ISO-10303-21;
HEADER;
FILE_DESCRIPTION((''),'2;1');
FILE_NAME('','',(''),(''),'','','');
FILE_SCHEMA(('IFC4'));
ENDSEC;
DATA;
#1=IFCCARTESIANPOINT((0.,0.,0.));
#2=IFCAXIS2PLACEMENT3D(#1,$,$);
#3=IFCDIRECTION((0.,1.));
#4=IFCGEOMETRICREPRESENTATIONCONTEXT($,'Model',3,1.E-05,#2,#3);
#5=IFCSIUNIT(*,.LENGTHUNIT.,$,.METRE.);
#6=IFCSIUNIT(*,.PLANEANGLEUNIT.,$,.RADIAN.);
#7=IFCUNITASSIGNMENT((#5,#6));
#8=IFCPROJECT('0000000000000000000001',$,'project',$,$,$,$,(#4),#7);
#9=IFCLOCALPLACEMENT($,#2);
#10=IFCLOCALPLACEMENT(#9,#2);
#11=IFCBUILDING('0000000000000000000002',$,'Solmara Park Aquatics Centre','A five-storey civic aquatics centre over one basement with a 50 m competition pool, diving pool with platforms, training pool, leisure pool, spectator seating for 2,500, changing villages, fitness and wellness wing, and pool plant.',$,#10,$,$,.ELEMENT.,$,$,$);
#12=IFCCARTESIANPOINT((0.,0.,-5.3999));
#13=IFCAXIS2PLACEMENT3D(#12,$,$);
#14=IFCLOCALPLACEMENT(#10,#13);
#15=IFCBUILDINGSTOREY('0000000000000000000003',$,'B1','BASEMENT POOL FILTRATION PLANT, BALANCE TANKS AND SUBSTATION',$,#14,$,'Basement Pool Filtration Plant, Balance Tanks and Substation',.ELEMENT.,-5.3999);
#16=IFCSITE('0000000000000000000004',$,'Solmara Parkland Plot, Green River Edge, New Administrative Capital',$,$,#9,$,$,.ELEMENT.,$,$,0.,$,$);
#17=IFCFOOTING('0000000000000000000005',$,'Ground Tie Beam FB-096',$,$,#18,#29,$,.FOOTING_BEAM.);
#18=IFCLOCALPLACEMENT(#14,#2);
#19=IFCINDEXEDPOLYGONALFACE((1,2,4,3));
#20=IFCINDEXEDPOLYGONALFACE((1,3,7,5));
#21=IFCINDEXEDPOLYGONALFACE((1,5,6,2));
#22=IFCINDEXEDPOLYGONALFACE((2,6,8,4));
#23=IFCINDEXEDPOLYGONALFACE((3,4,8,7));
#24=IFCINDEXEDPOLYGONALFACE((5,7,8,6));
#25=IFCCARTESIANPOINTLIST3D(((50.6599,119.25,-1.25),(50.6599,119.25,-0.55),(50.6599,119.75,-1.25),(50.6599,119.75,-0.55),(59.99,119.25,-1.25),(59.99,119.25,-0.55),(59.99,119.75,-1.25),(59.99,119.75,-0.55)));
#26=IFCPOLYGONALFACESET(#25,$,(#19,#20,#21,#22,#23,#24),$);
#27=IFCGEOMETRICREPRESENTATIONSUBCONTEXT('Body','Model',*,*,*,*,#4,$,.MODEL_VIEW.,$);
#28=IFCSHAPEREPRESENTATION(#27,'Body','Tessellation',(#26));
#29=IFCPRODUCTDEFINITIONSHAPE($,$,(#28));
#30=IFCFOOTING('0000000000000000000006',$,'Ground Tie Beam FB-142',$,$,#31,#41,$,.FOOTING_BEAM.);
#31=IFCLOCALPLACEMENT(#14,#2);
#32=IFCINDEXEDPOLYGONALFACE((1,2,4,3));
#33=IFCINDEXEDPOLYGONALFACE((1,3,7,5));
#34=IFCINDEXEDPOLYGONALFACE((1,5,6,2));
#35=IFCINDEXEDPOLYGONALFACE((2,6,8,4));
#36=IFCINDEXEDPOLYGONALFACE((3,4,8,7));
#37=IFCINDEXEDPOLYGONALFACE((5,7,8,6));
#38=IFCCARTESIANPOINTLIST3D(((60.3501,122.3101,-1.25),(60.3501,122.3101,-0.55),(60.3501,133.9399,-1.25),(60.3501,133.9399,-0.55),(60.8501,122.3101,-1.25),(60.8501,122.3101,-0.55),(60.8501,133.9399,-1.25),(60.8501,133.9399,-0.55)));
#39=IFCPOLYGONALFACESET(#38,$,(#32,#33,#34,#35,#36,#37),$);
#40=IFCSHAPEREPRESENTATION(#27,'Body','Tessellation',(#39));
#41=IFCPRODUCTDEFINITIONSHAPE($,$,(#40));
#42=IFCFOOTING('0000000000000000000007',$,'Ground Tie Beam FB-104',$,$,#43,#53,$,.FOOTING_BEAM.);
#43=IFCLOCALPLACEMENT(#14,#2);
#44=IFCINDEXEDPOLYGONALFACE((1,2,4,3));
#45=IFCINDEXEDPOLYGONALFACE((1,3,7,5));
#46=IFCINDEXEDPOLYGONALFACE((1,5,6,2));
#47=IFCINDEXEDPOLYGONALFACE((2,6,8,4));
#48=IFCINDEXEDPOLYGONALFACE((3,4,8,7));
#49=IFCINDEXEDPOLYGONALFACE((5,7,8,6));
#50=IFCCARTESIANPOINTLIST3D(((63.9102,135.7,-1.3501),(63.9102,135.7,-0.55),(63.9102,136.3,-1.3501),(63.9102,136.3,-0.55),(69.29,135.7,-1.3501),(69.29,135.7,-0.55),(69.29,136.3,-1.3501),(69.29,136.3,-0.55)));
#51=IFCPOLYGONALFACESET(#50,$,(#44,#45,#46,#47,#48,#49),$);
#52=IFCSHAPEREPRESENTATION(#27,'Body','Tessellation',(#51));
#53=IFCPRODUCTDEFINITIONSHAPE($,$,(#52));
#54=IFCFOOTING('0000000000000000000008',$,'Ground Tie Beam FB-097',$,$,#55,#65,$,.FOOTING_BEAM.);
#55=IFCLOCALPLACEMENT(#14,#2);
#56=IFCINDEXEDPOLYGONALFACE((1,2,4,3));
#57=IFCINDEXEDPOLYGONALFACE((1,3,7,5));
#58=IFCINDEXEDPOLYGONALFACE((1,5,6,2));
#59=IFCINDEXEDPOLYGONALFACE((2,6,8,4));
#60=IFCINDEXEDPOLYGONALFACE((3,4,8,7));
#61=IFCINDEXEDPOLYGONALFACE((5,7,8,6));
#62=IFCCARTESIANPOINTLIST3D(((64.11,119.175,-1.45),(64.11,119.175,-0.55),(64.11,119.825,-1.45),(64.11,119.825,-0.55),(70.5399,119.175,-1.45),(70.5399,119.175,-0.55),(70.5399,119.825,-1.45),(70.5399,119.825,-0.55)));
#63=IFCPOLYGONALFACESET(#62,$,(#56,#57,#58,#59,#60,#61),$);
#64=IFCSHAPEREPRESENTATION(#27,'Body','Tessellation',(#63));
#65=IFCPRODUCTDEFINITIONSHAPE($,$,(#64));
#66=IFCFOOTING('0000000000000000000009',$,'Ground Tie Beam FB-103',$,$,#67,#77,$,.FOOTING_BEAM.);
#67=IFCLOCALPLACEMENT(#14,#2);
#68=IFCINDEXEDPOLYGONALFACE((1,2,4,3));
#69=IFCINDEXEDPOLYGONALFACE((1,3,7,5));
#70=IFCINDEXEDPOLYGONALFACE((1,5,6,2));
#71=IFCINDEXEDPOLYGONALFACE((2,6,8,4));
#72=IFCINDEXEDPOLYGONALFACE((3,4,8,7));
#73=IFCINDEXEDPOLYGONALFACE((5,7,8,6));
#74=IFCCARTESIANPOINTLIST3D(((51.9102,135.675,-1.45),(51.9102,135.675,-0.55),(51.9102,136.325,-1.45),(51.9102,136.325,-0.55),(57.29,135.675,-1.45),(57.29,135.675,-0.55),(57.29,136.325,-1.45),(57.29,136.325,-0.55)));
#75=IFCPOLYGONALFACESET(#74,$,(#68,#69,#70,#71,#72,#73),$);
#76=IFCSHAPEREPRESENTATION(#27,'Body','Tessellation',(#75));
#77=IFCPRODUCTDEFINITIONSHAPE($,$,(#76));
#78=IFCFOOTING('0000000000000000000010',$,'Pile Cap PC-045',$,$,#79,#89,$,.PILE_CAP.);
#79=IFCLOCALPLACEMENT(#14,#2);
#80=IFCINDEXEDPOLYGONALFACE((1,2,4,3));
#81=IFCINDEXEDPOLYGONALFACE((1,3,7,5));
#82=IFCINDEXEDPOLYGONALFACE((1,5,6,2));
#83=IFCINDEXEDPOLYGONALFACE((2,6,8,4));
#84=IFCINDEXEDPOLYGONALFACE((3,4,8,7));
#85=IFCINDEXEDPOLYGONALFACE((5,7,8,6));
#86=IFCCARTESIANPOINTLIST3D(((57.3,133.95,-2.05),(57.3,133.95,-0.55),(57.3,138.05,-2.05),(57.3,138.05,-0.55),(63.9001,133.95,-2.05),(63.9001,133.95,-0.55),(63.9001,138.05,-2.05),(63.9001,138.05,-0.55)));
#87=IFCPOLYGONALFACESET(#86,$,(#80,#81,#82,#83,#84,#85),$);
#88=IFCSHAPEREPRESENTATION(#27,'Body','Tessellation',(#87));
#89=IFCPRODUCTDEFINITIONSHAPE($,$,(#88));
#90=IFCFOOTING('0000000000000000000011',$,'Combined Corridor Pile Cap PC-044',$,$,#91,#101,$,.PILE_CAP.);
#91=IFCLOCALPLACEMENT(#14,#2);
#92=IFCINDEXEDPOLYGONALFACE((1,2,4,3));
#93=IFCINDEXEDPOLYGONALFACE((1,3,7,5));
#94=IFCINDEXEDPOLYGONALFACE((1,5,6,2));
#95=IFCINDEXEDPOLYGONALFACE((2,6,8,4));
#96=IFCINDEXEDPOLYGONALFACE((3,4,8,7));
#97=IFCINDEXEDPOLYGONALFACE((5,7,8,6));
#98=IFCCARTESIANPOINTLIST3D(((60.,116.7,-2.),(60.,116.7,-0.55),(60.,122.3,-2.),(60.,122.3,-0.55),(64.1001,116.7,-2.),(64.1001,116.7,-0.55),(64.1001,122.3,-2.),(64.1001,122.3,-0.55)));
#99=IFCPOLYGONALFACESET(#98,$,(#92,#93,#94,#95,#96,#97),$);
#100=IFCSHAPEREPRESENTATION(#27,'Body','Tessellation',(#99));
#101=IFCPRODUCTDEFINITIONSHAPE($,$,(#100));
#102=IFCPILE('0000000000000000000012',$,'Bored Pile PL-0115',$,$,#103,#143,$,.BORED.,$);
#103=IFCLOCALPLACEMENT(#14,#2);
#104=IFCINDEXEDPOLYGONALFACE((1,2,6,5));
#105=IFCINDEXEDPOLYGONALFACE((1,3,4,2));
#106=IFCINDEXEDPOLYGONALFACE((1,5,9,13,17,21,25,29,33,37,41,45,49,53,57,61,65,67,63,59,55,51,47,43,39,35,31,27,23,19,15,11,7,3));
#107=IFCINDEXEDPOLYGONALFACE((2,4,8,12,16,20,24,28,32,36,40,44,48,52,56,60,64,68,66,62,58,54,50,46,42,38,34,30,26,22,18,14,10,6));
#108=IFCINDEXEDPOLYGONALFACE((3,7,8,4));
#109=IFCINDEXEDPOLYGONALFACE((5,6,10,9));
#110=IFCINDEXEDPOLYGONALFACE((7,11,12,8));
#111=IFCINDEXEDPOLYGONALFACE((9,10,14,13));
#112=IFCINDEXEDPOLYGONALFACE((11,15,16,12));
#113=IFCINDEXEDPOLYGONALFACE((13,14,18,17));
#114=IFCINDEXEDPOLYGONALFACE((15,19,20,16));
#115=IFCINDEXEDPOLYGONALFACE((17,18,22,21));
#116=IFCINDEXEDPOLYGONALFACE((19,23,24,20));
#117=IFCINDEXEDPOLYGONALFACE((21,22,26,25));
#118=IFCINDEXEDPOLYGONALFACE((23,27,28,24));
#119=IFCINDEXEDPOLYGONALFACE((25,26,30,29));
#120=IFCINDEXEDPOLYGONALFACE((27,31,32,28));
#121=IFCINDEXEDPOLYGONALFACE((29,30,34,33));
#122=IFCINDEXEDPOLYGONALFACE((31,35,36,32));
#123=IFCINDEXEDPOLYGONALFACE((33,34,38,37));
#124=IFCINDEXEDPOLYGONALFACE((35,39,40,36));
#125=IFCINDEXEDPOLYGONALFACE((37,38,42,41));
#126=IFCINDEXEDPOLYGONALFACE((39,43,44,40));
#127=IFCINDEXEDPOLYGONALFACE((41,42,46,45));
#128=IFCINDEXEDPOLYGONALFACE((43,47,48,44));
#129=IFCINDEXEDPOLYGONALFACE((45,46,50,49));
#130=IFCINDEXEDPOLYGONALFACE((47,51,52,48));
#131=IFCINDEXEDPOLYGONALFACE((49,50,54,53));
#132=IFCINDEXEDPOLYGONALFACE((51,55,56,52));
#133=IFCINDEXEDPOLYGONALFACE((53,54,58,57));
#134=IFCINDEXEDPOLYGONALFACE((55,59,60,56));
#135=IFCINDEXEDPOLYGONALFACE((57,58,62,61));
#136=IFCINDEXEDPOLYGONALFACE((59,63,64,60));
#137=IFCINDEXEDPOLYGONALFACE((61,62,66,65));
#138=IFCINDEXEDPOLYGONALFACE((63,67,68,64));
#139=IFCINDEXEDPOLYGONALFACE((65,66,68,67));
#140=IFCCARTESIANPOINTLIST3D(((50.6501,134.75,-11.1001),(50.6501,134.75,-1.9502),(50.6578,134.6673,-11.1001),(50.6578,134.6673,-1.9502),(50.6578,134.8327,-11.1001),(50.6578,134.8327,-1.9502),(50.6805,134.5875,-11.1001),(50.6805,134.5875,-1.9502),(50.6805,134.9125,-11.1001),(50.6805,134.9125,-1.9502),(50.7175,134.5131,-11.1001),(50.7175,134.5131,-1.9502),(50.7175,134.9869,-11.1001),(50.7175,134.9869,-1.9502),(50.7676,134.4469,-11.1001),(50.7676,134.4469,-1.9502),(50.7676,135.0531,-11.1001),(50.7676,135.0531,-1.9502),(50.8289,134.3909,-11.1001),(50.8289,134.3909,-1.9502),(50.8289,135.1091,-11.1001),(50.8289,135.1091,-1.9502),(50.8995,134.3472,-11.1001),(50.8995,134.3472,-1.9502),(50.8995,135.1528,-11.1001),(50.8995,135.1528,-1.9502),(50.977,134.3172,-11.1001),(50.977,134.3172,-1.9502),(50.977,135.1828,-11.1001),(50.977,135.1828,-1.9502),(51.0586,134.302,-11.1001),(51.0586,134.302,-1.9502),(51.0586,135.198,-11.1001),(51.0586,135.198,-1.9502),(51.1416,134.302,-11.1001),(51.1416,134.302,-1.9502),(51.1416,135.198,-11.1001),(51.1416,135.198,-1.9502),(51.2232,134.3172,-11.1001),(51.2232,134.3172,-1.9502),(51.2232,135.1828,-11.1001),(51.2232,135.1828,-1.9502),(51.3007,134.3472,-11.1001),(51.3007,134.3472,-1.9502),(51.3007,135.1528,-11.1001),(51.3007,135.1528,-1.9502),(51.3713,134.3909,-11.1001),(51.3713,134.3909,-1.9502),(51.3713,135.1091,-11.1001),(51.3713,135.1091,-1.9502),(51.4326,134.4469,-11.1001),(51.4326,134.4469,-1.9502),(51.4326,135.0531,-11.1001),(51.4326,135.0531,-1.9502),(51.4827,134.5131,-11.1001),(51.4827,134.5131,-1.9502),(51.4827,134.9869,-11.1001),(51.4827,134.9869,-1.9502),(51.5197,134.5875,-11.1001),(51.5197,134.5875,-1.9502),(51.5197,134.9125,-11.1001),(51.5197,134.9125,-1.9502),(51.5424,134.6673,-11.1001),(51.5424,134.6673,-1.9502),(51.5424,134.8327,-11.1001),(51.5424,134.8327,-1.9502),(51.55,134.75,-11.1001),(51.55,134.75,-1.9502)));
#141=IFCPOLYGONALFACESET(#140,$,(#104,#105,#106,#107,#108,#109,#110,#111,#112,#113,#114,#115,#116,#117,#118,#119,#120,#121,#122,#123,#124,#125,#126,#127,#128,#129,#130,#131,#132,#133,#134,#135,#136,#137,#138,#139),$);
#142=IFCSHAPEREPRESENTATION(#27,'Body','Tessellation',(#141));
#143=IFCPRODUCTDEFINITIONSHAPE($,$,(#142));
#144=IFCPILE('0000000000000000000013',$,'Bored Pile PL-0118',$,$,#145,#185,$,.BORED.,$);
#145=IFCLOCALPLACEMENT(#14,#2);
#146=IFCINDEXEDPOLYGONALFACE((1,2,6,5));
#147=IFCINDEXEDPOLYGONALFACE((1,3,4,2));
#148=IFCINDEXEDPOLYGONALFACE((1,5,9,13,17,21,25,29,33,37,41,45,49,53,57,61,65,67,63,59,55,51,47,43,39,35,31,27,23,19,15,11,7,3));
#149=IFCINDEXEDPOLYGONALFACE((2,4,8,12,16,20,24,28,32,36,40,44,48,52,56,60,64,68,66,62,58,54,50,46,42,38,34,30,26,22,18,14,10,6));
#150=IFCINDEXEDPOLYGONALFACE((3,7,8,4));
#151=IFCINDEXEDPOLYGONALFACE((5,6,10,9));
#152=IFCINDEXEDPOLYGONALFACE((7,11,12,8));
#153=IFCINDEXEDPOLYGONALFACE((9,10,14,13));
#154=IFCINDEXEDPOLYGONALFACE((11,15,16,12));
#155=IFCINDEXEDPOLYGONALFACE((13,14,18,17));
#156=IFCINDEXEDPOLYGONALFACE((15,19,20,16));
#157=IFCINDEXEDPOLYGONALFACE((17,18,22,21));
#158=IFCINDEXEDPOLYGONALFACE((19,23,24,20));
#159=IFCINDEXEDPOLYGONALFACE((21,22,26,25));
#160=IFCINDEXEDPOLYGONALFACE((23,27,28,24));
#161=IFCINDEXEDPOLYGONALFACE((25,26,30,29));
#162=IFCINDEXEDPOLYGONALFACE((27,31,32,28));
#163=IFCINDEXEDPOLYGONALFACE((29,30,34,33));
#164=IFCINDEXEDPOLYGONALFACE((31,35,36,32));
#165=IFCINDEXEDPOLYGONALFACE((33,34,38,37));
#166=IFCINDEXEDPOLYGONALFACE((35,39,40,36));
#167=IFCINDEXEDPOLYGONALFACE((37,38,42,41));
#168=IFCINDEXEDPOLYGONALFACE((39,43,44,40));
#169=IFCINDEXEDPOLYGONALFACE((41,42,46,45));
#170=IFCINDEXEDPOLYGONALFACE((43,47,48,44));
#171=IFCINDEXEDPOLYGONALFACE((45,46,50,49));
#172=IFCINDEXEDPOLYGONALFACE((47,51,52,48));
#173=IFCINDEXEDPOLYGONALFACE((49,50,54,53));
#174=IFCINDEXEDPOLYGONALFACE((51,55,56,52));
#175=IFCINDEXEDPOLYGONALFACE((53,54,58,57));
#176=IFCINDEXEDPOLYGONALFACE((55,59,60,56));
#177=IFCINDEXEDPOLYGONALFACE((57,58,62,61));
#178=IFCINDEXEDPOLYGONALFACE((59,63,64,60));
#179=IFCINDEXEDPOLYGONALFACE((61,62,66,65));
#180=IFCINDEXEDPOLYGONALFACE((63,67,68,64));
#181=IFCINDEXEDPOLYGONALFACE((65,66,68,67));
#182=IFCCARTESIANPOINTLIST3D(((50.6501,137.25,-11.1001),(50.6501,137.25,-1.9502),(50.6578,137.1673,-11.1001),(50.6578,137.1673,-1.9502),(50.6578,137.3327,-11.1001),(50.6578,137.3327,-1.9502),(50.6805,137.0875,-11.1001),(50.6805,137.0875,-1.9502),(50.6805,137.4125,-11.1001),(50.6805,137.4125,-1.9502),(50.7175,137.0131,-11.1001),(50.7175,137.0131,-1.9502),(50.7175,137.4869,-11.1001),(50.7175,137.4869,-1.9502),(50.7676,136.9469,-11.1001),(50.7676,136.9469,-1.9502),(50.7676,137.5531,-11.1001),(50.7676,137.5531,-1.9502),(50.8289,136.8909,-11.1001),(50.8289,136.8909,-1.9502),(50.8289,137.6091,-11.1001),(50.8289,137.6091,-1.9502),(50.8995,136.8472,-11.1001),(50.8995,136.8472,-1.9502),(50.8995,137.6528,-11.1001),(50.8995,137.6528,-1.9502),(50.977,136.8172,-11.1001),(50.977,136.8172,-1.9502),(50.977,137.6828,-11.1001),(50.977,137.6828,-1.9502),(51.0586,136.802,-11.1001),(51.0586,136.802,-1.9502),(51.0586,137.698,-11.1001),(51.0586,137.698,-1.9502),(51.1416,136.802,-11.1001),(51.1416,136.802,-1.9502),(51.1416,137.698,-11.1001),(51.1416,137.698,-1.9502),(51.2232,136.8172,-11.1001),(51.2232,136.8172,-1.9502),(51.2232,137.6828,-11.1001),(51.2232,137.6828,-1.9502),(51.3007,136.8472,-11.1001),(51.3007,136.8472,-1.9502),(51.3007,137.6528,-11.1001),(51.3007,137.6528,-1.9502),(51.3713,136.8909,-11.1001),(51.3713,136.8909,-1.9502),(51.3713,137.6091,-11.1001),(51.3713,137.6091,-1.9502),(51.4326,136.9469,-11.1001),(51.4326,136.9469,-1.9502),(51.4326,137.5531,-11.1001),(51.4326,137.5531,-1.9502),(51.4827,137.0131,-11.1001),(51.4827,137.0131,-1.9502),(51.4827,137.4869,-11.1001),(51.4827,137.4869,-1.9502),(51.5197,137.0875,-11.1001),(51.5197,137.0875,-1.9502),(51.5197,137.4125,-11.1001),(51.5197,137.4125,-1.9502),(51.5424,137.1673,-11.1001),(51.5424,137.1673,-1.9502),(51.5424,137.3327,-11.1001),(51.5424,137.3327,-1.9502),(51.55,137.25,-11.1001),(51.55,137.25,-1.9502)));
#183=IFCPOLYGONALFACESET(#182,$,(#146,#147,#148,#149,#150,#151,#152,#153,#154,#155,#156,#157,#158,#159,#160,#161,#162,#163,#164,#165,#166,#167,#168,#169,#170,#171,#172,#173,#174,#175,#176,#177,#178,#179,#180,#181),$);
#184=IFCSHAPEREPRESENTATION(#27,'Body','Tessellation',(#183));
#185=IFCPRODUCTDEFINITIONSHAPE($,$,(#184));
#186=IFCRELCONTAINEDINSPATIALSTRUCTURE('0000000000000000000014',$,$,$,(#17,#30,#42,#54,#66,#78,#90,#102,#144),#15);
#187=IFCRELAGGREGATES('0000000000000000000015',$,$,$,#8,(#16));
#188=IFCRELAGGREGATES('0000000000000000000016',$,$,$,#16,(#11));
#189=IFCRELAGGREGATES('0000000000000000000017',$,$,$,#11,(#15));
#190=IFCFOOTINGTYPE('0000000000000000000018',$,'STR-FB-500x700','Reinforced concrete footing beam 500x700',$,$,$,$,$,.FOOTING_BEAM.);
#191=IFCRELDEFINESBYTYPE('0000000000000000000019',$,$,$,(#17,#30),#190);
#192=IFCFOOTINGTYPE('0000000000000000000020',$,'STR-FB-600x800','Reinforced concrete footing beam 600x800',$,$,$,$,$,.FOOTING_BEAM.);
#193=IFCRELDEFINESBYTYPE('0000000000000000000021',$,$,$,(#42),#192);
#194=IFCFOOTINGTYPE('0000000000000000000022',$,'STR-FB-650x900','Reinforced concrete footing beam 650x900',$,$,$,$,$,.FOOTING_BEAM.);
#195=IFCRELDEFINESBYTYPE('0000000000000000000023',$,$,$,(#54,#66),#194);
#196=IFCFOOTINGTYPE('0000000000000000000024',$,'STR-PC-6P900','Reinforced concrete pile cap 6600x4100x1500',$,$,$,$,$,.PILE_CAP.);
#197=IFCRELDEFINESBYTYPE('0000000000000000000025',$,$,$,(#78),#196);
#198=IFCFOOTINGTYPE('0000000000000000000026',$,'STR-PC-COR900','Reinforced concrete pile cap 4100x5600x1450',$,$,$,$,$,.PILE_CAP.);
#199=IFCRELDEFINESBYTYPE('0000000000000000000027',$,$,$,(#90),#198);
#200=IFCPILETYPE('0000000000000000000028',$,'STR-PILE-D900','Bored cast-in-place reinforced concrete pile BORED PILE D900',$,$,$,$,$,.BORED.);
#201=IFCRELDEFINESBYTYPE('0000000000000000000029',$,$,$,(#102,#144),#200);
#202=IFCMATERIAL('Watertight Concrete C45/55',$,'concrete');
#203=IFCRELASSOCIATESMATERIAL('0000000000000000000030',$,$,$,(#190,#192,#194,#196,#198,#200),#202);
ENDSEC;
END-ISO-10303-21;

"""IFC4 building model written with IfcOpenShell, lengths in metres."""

from ifc_helpers import new_model, si_unit, direction, frame, origin, origin_2d, place, context, subcontext, project, spatial, rectangle, circle, extrude, material, material_profile, profile_set, type_object, element, save


model = new_model("IFC4")

# Units and contexts
model_context = context("Model", 3, precision=1e-05, world=origin(), true_north=direction((0.0, 1.0)))
body_context = subcontext(model_context, "Body", "Model", "MODEL_VIEW")
ifc_project = project(units=[si_unit("LENGTHUNIT", "METRE"), si_unit("PLANEANGLEUNIT", "RADIAN")], contexts=[model_context])

# Site, building, storey
site_placement = place(None, origin())
site = spatial("IfcSite", under=ifc_project, at=site_placement, Name="Solmara Parkland Plot, Green River Edge, New Administrative Capital", CompositionType="ELEMENT", RefElevation=0.0)
building_placement = place(site_placement, origin())
building = spatial("IfcBuilding", under=site, at=building_placement, Name="Solmara Park Aquatics Centre", Description="A five-storey civic aquatics centre over one basement with a 50 m competition pool, diving pool with platforms, training pool, leisure pool, spectator seating for 2,500, changing villages, fitness and wellness wing, and pool plant.", CompositionType="ELEMENT")
storey_placement = place(building_placement, frame((0.0, 0.0, -5.3999)))
storey = spatial("IfcBuildingStorey", under=building, at=storey_placement, Name="B1", Description="BASEMENT POOL FILTRATION PLANT, BALANCE TANKS AND SUBSTATION", LongName="Basement Pool Filtration Plant, Balance Tanks and Substation", CompositionType="ELEMENT", Elevation=-5.3999)

# Footings
ifc_material_1 = material(Name="Watertight Concrete C45/55", Category="concrete")
footing_type_1 = type_object("IfcFootingType", Name="STR-FB-500x700", Description="Reinforced concrete footing beam 500x700", PredefinedType="FOOTING_BEAM", material=ifc_material_1)
footing_1_placement = place(storey_placement, frame((55.325, 119.5, -1.25), z_axis=(0.0, 0.0, 1.0), x_axis=(1.0, 0.0, 0.0)))
element("IfcFooting", 1, at=footing_1_placement, inside=storey, type_object=footing_type_1, Name="Ground Tie Beam FB-096", PredefinedType="FOOTING_BEAM", context=body_context, shape_type="SweptSolid", body=[
    extrude(rectangle(XDim=9.3301, YDim=0.5, at=origin_2d()), origin(), (0.0, 0.0, 1.0), 0.7),
])
footing_2_placement = place(storey_placement, frame((60.6001, 128.125, -1.25), z_axis=(0.0, 0.0, 1.0), x_axis=(1.0, 0.0, 0.0)))
element("IfcFooting", 2, at=footing_2_placement, inside=storey, type_object=footing_type_1, Name="Ground Tie Beam FB-142", PredefinedType="FOOTING_BEAM", context=body_context, shape_type="SweptSolid", body=[
    extrude(rectangle(XDim=0.5, YDim=11.6299, at=origin_2d()), origin(), (0.0, 0.0, 1.0), 0.7),
])
footing_type_2 = type_object("IfcFootingType", Name="STR-FB-600x800", Description="Reinforced concrete footing beam 600x800", PredefinedType="FOOTING_BEAM", material=ifc_material_1)
footing_3_placement = place(storey_placement, frame((66.6001, 136.0, -1.3501), z_axis=(0.0, 0.0, 1.0), x_axis=(1.0, 0.0, 0.0)))
element("IfcFooting", 3, at=footing_3_placement, inside=storey, type_object=footing_type_2, Name="Ground Tie Beam FB-104", PredefinedType="FOOTING_BEAM", context=body_context, shape_type="SweptSolid", body=[
    extrude(rectangle(XDim=5.3799, YDim=0.6001, at=origin_2d()), origin(), (0.0, 0.0, 1.0), 0.8),
])
footing_type_3 = type_object("IfcFootingType", Name="STR-FB-650x900", Description="Reinforced concrete footing beam 650x900", PredefinedType="FOOTING_BEAM", material=ifc_material_1)
footing_4_placement = place(storey_placement, frame((67.325, 119.5, -1.45), z_axis=(0.0, 0.0, 1.0), x_axis=(1.0, 0.0, 0.0)))
element("IfcFooting", 4, at=footing_4_placement, inside=storey, type_object=footing_type_3, Name="Ground Tie Beam FB-097", PredefinedType="FOOTING_BEAM", context=body_context, shape_type="SweptSolid", body=[
    extrude(rectangle(XDim=6.4299, YDim=0.6499, at=origin_2d()), origin(), (0.0, 0.0, 1.0), 0.8999),
])
footing_5_placement = place(storey_placement, frame((54.6001, 136.0, -1.45), z_axis=(0.0, 0.0, 1.0), x_axis=(1.0, 0.0, 0.0)))
element("IfcFooting", 5, at=footing_5_placement, inside=storey, type_object=footing_type_3, Name="Ground Tie Beam FB-103", PredefinedType="FOOTING_BEAM", context=body_context, shape_type="SweptSolid", body=[
    extrude(rectangle(XDim=5.3799, YDim=0.6499, at=origin_2d()), origin(), (0.0, 0.0, 1.0), 0.8999),
])
footing_type_4 = type_object("IfcFootingType", Name="STR-PC-6P900", Description="Reinforced concrete pile cap 6600x4100x1500", PredefinedType="PILE_CAP", material=ifc_material_1)
footing_6_placement = place(storey_placement, frame((60.6001, 136.0, -2.05), z_axis=(0.0, 0.0, 1.0), x_axis=(1.0, 0.0, 0.0)))
element("IfcFooting", 6, at=footing_6_placement, inside=storey, type_object=footing_type_4, Name="Pile Cap PC-045", PredefinedType="PILE_CAP", context=body_context, shape_type="SweptSolid", body=[
    extrude(rectangle(XDim=6.6001, YDim=4.1001, at=origin_2d()), origin(), (0.0, 0.0, 1.0), 1.5),
])
footing_type_5 = type_object("IfcFootingType", Name="STR-PC-COR900", Description="Reinforced concrete pile cap 4100x5600x1450", PredefinedType="PILE_CAP", material=ifc_material_1)
footing_7_placement = place(storey_placement, frame((62.05, 119.5, -2.0), z_axis=(0.0, 0.0, 1.0), x_axis=(1.0, 0.0, 0.0)))
element("IfcFooting", 7, at=footing_7_placement, inside=storey, type_object=footing_type_5, Name="Combined Corridor Pile Cap PC-044", PredefinedType="PILE_CAP", context=body_context, shape_type="SweptSolid", body=[
    extrude(rectangle(XDim=4.1001, YDim=5.6001, at=origin_2d()), origin(), (0.0, 0.0, 1.0), 1.45),
])

# Piles
ifc_material_profile_1 = material_profile(ifc_material_1, circle(Radius=0.45, at=origin_2d()), Name="BORED PILE D900")
ifc_profile_set_1 = profile_set([ifc_material_profile_1], Name="Watertight Concrete C45/55")
pile_type = type_object("IfcPileType", Name="STR-PILE-D900", Description="Bored cast-in-place reinforced concrete pile BORED PILE D900", PredefinedType="BORED", material=ifc_profile_set_1)
for number, where, z_axis, x_axis, name in (
    (8, (51.1001, 134.75, -1.9502), (0.0, 0.0, -1.0), (1.0, 0.0, 0.0), "Bored Pile PL-0115"),
    (9, (51.1001, 137.25, -1.9502), (0.0, 0.0, -1.0), (1.0, 0.0, 0.0), "Bored Pile PL-0118"),
):
    element("IfcPile", number, at=place(storey_placement, frame(where, z_axis=z_axis, x_axis=x_axis)), inside=storey, type_object=pile_type, Name=name, PredefinedType="BORED", context=body_context, shape_type="SweptSolid", body=[
        extrude(circle(Radius=0.45, at=origin_2d()), origin(), (0.0, 0.0, 1.0), 9.1499),
    ])

save(model, "model.ifc")
